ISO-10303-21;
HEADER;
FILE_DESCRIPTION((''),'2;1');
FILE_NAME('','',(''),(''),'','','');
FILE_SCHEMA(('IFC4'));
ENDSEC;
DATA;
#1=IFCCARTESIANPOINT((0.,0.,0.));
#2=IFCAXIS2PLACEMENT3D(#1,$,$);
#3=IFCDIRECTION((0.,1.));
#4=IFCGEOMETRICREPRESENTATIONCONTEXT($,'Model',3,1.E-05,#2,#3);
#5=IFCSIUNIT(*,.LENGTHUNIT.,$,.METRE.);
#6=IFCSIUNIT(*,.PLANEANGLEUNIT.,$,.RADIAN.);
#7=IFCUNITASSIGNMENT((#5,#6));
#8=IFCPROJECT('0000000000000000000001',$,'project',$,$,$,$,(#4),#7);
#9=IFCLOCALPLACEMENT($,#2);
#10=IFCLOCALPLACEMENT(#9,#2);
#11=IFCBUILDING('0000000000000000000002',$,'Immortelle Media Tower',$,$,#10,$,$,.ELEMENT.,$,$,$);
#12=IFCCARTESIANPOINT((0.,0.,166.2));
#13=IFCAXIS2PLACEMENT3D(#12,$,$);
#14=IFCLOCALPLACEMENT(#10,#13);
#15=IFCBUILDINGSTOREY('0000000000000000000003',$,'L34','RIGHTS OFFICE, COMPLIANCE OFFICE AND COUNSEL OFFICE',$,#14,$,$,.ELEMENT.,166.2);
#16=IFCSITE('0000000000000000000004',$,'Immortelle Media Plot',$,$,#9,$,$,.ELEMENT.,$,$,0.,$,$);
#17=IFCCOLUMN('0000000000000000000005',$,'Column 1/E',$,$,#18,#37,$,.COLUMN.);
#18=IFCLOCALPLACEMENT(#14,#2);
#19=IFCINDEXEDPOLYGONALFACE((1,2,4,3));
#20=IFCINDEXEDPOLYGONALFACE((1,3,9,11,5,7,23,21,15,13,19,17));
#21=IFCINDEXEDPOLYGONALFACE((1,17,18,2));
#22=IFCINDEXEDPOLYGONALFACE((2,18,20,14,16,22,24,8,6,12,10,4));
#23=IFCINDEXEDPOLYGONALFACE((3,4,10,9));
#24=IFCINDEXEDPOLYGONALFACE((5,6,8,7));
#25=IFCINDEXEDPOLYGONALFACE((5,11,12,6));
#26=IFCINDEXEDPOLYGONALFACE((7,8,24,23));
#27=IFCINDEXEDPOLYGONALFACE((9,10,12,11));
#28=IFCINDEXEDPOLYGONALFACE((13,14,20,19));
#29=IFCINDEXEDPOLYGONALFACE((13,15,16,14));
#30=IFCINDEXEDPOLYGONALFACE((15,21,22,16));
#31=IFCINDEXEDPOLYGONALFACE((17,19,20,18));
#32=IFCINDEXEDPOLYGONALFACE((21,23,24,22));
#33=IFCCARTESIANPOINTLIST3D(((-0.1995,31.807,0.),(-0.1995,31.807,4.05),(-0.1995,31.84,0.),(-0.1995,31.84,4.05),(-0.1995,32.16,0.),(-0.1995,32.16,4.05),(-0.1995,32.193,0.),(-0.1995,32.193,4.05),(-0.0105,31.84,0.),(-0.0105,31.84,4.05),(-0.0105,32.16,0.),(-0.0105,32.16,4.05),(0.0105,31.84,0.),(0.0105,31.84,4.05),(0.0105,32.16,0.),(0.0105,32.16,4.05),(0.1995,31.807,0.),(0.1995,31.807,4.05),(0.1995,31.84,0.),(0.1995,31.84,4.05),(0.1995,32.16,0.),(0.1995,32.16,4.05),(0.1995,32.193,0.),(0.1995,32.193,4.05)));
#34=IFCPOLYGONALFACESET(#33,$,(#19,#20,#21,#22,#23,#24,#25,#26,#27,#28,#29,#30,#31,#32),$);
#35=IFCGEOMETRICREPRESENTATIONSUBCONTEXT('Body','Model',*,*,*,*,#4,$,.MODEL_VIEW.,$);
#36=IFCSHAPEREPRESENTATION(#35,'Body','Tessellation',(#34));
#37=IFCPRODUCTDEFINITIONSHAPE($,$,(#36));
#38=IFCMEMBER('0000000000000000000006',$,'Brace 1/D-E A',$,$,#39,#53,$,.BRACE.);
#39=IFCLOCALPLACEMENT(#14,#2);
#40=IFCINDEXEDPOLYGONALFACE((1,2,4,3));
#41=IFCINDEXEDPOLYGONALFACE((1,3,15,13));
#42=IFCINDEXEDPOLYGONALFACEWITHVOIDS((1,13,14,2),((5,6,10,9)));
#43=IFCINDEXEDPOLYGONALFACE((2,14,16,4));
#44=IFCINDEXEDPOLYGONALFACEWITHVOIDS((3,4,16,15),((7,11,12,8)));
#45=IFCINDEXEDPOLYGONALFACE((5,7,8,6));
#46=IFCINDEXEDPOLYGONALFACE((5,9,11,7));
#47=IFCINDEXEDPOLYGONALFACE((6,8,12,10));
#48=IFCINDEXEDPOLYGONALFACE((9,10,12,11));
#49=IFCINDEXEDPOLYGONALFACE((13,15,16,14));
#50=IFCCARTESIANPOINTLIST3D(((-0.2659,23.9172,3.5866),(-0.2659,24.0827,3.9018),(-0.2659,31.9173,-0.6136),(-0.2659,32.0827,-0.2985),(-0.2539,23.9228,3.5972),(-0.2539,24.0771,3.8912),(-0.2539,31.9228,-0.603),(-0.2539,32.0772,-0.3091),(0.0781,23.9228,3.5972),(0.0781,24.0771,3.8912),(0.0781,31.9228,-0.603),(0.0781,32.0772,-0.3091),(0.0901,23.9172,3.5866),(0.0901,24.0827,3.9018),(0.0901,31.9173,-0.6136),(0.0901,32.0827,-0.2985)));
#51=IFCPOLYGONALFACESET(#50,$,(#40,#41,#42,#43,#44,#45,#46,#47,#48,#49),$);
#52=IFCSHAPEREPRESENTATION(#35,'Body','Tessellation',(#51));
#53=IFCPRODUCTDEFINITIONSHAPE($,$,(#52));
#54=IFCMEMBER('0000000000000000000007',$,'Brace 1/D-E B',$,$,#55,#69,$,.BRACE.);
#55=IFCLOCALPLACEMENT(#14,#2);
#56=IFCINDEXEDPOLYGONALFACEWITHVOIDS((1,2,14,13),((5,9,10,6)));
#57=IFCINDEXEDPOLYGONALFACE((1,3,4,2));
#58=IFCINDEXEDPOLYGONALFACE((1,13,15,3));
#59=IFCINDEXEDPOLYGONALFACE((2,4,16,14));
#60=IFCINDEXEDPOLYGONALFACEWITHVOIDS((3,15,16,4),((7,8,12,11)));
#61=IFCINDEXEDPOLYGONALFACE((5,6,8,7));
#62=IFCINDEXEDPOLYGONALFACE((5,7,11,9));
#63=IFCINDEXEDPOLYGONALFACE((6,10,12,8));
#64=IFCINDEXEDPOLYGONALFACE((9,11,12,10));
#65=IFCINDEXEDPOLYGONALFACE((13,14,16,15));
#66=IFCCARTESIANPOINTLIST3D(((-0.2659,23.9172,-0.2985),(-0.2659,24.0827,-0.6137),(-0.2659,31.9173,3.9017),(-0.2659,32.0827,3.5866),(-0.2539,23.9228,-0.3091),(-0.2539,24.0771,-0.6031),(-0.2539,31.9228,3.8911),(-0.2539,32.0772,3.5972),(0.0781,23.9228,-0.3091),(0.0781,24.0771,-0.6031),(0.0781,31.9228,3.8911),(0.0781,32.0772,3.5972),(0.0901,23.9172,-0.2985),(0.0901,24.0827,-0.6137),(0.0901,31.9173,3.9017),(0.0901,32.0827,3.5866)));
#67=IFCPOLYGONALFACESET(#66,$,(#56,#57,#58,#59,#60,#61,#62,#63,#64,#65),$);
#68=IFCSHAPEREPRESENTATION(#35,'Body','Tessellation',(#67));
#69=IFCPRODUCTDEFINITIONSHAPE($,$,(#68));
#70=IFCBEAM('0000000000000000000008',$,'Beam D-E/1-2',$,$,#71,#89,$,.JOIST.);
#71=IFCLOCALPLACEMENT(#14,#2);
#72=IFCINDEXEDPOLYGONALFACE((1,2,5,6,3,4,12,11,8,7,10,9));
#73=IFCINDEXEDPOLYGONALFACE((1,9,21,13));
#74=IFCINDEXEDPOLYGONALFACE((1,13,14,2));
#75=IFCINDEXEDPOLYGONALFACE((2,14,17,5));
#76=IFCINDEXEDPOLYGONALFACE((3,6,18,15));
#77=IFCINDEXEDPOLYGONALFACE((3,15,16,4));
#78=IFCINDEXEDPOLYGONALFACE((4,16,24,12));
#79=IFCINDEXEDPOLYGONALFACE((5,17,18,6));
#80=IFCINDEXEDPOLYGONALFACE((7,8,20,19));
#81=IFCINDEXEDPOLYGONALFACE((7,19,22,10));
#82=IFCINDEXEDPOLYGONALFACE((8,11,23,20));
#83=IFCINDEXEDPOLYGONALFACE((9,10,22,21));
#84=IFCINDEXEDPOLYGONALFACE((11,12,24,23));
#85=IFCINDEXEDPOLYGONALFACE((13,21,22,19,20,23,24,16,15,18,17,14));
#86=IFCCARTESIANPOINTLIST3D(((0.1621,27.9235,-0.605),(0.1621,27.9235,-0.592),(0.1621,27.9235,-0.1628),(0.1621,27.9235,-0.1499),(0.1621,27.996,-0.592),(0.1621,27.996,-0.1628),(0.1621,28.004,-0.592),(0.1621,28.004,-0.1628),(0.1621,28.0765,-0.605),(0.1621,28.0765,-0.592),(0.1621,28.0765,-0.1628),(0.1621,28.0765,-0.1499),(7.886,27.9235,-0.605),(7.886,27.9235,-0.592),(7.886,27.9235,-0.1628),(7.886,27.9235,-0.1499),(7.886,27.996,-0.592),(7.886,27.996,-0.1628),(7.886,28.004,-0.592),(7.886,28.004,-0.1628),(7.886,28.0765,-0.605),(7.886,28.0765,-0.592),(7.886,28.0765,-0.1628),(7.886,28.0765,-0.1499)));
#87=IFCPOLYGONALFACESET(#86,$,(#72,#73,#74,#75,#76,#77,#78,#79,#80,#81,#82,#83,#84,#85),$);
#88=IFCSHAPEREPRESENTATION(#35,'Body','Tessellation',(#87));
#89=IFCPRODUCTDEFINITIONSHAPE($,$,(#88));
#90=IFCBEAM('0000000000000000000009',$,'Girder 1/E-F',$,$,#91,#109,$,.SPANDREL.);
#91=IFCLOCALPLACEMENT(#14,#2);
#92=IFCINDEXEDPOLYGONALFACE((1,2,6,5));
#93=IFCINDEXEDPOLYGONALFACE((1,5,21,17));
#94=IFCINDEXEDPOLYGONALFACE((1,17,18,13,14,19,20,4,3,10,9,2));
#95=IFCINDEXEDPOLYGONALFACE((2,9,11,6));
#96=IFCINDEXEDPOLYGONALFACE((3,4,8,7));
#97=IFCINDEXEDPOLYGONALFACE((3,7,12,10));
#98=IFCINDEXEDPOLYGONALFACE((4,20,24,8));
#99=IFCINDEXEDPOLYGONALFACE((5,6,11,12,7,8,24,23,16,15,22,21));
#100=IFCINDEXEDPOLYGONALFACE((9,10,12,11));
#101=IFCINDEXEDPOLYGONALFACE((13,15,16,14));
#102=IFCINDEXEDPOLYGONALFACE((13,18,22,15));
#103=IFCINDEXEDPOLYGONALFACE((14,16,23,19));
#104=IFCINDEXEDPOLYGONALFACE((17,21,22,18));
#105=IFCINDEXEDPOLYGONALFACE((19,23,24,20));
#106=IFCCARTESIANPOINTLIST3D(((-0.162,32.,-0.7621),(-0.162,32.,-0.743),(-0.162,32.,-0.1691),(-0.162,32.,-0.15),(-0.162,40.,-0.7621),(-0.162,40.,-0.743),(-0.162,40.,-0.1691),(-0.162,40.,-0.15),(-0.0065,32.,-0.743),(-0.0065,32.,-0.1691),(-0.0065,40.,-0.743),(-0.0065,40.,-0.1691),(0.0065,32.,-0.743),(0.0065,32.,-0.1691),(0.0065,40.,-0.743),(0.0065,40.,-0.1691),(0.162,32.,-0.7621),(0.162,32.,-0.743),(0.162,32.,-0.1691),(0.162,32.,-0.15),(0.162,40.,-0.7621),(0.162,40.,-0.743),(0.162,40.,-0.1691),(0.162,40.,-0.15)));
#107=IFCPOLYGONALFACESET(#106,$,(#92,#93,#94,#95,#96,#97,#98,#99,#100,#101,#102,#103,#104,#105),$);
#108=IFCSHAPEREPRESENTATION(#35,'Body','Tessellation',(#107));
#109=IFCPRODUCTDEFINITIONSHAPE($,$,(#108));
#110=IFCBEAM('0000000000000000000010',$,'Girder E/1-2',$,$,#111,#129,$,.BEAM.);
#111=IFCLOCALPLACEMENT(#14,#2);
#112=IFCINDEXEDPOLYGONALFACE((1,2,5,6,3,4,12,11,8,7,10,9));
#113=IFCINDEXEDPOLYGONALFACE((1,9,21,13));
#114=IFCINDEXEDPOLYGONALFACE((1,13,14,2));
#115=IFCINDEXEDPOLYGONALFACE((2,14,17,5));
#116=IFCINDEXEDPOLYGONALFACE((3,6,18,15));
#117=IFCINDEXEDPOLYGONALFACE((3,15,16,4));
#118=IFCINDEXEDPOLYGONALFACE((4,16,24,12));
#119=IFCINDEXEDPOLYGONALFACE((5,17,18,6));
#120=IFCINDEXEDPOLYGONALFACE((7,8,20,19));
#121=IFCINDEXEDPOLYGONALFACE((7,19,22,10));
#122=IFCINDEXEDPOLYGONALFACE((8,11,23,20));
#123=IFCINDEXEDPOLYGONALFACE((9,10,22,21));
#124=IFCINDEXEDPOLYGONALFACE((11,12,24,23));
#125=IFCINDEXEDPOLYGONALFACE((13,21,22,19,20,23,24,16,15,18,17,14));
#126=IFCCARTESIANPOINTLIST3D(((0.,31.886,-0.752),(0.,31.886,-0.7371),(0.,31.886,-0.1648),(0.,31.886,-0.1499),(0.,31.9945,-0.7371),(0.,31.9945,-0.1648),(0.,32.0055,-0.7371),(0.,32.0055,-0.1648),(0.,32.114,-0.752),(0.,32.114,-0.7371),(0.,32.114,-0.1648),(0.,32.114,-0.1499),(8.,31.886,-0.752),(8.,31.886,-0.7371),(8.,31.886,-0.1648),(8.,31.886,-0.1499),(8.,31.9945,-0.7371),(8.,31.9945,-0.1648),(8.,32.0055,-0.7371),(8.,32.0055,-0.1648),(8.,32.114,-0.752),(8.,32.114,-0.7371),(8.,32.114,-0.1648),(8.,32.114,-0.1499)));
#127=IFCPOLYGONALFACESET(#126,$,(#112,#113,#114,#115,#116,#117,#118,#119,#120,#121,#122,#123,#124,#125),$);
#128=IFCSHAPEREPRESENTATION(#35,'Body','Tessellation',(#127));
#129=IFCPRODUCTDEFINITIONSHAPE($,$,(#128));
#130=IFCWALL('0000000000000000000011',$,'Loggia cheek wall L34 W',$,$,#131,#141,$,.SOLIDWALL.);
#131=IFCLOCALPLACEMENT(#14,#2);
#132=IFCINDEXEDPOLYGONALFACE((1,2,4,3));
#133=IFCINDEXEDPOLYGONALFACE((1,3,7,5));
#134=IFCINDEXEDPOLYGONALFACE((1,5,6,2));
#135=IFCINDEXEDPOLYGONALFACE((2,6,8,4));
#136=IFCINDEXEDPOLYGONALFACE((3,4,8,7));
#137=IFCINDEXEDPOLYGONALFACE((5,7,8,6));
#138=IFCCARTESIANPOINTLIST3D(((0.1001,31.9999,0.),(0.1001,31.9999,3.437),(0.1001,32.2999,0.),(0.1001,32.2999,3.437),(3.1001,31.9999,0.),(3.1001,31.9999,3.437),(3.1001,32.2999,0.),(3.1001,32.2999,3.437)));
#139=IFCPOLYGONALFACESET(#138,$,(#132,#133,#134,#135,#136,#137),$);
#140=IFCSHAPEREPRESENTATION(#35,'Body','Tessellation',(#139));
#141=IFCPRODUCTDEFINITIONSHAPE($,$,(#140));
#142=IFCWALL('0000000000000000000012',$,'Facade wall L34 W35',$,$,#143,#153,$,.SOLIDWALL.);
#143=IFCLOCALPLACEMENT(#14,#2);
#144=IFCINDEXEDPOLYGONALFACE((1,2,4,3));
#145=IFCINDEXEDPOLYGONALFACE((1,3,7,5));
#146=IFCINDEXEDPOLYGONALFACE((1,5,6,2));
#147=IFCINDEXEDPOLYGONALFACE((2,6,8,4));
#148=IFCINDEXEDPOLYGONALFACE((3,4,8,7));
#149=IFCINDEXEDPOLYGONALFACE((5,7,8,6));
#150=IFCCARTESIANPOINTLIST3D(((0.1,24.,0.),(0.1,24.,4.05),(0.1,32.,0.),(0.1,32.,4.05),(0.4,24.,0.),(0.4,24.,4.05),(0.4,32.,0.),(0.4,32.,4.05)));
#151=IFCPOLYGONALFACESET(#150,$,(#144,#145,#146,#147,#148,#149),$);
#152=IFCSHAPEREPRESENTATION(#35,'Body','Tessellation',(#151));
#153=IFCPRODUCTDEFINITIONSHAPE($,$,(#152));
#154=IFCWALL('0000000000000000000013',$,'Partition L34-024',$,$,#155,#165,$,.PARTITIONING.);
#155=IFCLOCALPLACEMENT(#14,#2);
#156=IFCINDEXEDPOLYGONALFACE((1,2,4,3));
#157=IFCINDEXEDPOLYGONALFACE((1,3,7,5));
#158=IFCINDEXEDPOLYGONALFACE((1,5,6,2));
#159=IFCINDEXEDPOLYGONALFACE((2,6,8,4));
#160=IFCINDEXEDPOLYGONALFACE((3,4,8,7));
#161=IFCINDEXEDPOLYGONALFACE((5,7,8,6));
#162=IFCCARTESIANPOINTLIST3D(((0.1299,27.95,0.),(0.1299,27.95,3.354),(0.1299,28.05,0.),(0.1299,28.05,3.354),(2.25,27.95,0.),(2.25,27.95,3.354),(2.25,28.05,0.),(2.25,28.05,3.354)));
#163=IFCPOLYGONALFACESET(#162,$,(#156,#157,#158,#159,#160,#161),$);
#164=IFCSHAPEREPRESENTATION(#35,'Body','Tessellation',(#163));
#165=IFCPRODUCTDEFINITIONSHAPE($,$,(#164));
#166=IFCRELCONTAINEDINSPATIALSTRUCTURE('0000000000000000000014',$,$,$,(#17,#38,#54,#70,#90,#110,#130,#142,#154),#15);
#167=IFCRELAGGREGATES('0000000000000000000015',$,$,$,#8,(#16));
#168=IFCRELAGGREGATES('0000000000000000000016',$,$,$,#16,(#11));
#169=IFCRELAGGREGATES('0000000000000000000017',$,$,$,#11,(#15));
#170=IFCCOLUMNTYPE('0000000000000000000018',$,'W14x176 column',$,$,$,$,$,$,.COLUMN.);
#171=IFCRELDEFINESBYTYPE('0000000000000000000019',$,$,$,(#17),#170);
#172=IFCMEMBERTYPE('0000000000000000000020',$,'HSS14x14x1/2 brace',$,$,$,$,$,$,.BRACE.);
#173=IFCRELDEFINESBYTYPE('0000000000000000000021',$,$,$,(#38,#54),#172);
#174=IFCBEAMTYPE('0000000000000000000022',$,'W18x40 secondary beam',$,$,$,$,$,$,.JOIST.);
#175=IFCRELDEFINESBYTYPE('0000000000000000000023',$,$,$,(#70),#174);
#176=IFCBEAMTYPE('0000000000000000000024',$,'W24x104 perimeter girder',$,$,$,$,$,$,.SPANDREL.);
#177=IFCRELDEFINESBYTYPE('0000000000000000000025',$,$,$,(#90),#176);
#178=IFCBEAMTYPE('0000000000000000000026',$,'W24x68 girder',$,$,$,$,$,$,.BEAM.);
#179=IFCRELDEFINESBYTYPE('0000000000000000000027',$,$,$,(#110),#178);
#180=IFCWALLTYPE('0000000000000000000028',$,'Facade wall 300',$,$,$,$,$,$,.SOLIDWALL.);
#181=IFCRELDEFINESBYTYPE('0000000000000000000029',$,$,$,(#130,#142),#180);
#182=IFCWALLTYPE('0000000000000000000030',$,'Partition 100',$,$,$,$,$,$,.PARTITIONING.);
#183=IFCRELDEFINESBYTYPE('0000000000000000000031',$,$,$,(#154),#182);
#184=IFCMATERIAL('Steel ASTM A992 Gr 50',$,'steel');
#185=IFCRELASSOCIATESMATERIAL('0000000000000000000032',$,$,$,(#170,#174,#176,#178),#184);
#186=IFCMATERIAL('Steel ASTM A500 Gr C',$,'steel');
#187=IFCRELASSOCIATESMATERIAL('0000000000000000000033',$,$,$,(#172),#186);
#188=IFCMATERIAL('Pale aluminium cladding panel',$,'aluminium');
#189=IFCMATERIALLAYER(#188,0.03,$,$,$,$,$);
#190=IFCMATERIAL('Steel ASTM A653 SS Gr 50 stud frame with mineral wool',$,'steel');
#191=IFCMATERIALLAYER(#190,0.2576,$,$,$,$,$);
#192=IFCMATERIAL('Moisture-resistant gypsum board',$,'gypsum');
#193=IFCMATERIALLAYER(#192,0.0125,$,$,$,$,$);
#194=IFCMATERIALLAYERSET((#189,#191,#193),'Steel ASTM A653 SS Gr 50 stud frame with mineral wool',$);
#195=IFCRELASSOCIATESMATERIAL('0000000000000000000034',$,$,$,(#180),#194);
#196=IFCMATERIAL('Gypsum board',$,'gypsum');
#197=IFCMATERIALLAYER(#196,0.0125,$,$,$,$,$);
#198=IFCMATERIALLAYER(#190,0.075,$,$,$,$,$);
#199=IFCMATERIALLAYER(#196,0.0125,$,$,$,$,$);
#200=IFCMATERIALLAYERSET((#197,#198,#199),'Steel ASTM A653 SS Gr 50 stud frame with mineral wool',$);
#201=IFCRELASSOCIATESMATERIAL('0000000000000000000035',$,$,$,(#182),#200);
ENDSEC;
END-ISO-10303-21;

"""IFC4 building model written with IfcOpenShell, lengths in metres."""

from ifc_helpers import new_model, si_unit, direction, frame, frame_2d, origin, origin_2d, place, context, subcontext, project, spatial, rectangle, hollow_rectangle, i_section, extrude, material, layer, layer_set, material_profile, profile_set, type_object, element, save


model = new_model("IFC4")

# Units and contexts
model_context = context("Model", 3, precision=1e-05, world=origin(), true_north=direction((0.0, 1.0)))
body_context = subcontext(model_context, "Body", "Model", "MODEL_VIEW")
ifc_project = project(units=[si_unit("LENGTHUNIT", "METRE"), si_unit("PLANEANGLEUNIT", "RADIAN")], contexts=[model_context])

# Site, building, storey
site_placement = place(None, origin())
site = spatial("IfcSite", under=ifc_project, at=site_placement, Name="Immortelle Media Plot", CompositionType="ELEMENT", RefElevation=0.0)
building_placement = place(site_placement, origin())
building = spatial("IfcBuilding", under=site, at=building_placement, Name="Immortelle Media Tower", CompositionType="ELEMENT")
storey_placement = place(building_placement, frame((0.0, 0.0, 166.2)))
storey = spatial("IfcBuildingStorey", under=building, at=storey_placement, Name="L34", Description="RIGHTS OFFICE, COMPLIANCE OFFICE AND COUNSEL OFFICE", CompositionType="ELEMENT", Elevation=166.2)

# Column
ifc_material_1 = material(Name="Steel ASTM A992 Gr 50", Category="steel")
ifc_material_profile_1 = material_profile(ifc_material_1, i_section(OverallWidth=0.3989, OverallDepth=0.386, WebThickness=0.021, FlangeThickness=0.033, at=origin_2d()), Name="W14x176")
ifc_profile_set_1 = profile_set([ifc_material_profile_1], Name="Steel ASTM A992 Gr 50")
column_type = type_object("IfcColumnType", Name="W14x176 column", PredefinedType="COLUMN", material=ifc_profile_set_1)
column_placement = place(storey_placement, frame((0.0, 32.0, 0.0), z_axis=(0.0, 0.0, 1.0), x_axis=(1.0, 0.0, 0.0)))
element("IfcColumn", 1, at=column_placement, inside=storey, type_object=column_type, Name="Column 1/E", PredefinedType="COLUMN", context=body_context, shape_type="SweptSolid", body=[
    extrude(i_section(OverallWidth=0.3989, OverallDepth=0.386, WebThickness=0.021, FlangeThickness=0.033, at=origin_2d()), origin(), (0.0, 0.0, 1.0), 4.05),
])

# Members
ifc_material_2 = material(Name="Steel ASTM A500 Gr C", Category="steel")
ifc_material_profile_2 = material_profile(ifc_material_2, hollow_rectangle(XDim=0.356, YDim=0.356, WallThickness=0.012, at=origin_2d()), Name="HSS14x14x1/2 brace")
ifc_profile_set_2 = profile_set([ifc_material_profile_2], Name="Steel ASTM A500 Gr C")
member_type = type_object("IfcMemberType", Name="HSS14x14x1/2 brace", PredefinedType="BRACE", material=ifc_profile_set_2)
for number, where, z_axis, x_axis, name in (
    (2, (-0.0879, 32.0, -0.4561), (0.0, -0.885389, 0.464851), (1.0, 0.0, 0.0), "Brace 1/D-E A"),
    (3, (-0.0879, 32.0, 3.7441), (0.0, -0.885389, -0.464851), (1.0, 0.0, 0.0), "Brace 1/D-E B"),
):
    element("IfcMember", number, at=place(storey_placement, frame(where, z_axis=z_axis, x_axis=x_axis)), inside=storey, type_object=member_type, Name=name, PredefinedType="BRACE", context=body_context, shape_type="SweptSolid", body=[
        extrude(hollow_rectangle(XDim=0.356, YDim=0.356, WallThickness=0.012, at=origin_2d()), origin(), (0.0, 0.0, 1.0), 9.0356),
    ])

# Beams
ifc_material_profile_3 = material_profile(ifc_material_1, i_section(OverallWidth=0.1531, OverallDepth=0.4551, WebThickness=0.0081, FlangeThickness=0.0129, at=origin_2d()), Name="W18x40")
ifc_profile_set_3 = profile_set([ifc_material_profile_3], Name="Steel ASTM A992 Gr 50")
beam_type_1 = type_object("IfcBeamType", Name="W18x40 secondary beam", PredefinedType="JOIST", material=ifc_profile_set_3)
beam_1_placement = place(storey_placement, frame((0.1621, 28.0, -0.3774), z_axis=(1.0, 0.0, 0.0), x_axis=(0.0, 1.0, 0.0)))
element("IfcBeam", 4, at=beam_1_placement, inside=storey, type_object=beam_type_1, Name="Beam D-E/1-2", PredefinedType="JOIST", context=body_context, shape_type="SweptSolid", body=[
    extrude(i_section(OverallWidth=0.1531, OverallDepth=0.4551, WebThickness=0.0081, FlangeThickness=0.0129, at=origin_2d()), origin(), (0.0, 0.0, 1.0), 7.7239),
])
ifc_material_profile_4 = material_profile(ifc_material_1, i_section(OverallWidth=0.324, OverallDepth=0.6121, WebThickness=0.0129, FlangeThickness=0.019, at=origin_2d()), Name="W24x104")
ifc_profile_set_4 = profile_set([ifc_material_profile_4], Name="Steel ASTM A992 Gr 50")
beam_type_2 = type_object("IfcBeamType", Name="W24x104 perimeter girder", PredefinedType="SPANDREL", material=ifc_profile_set_4)
beam_2_placement = place(storey_placement, frame((0.0, 32.0, -0.4561), z_axis=(0.0, 1.0, 0.0), x_axis=(-1.0, 0.0, 0.0)))
element("IfcBeam", 5, at=beam_2_placement, inside=storey, type_object=beam_type_2, Name="Girder 1/E-F", PredefinedType="SPANDREL", context=body_context, shape_type="SweptSolid", body=[
    extrude(i_section(OverallWidth=0.324, OverallDepth=0.6121, WebThickness=0.0129, FlangeThickness=0.019, at=origin_2d()), origin(), (0.0, 0.0, 1.0), 8.0),
])
ifc_material_profile_5 = material_profile(ifc_material_1, i_section(OverallWidth=0.228, OverallDepth=0.6021, WebThickness=0.011, FlangeThickness=0.0149, at=origin_2d()), Name="W24x68")
ifc_profile_set_5 = profile_set([ifc_material_profile_5], Name="Steel ASTM A992 Gr 50")
beam_type_3 = type_object("IfcBeamType", Name="W24x68 girder", PredefinedType="BEAM", material=ifc_profile_set_5)
beam_3_placement = place(storey_placement, frame((0.0, 32.0, -0.4509), z_axis=(1.0, 0.0, 0.0), x_axis=(0.0, 1.0, 0.0)))
element("IfcBeam", 6, at=beam_3_placement, inside=storey, type_object=beam_type_3, Name="Girder E/1-2", PredefinedType="BEAM", context=body_context, shape_type="SweptSolid", body=[
    extrude(i_section(OverallWidth=0.228, OverallDepth=0.6021, WebThickness=0.011, FlangeThickness=0.0149, at=origin_2d()), origin(), (0.0, 0.0, 1.0), 8.0),
])

# Walls
ifc_material_3 = material(Name="Pale aluminium cladding panel", Category="aluminium")
ifc_layer_1 = layer(ifc_material_3, 0.03)
ifc_material_4 = material(Name="Steel ASTM A653 SS Gr 50 stud frame with mineral wool", Category="steel")
ifc_layer_2 = layer(ifc_material_4, 0.2576)
ifc_material_5 = material(Name="Moisture-resistant gypsum board", Category="gypsum")
ifc_layer_3 = layer(ifc_material_5, 0.0125)
ifc_layer_set_1 = layer_set([ifc_layer_1, ifc_layer_2, ifc_layer_3], Name="Steel ASTM A653 SS Gr 50 stud frame with mineral wool")
wall_type_1 = type_object("IfcWallType", Name="Facade wall 300", PredefinedType="SOLIDWALL", material=ifc_layer_set_1)
wall_1_placement = place(storey_placement, frame((0.1001, 32.1499, 0.0), z_axis=(0.0, 0.0, 1.0), x_axis=(1.0, 0.0, 0.0)))
element("IfcWall", 7, at=wall_1_placement, inside=storey, type_object=wall_type_1, Name="Loggia cheek wall L34 W", PredefinedType="SOLIDWALL", context=body_context, shape_type="SweptSolid", body=[
    extrude(rectangle(XDim=3.0, YDim=0.3, at=frame_2d((1.5, 0.0))), origin(), (0.0, 0.0, 1.0), 3.437),
])
wall_2_placement = place(storey_placement, frame((0.25, 32.0, 0.0), z_axis=(0.0, 0.0, 1.0), x_axis=(0.0, -1.0, 0.0)))
element("IfcWall", 8, at=wall_2_placement, inside=storey, type_object=wall_type_1, Name="Facade wall L34 W35", PredefinedType="SOLIDWALL", context=body_context, shape_type="SweptSolid", body=[
    extrude(rectangle(XDim=8.0, YDim=0.3, at=frame_2d((4.0, 0.0))), origin(), (0.0, 0.0, 1.0), 4.05),
])
ifc_material_6 = material(Name="Gypsum board", Category="gypsum")
ifc_layer_4 = layer(ifc_material_6, 0.0125)
ifc_layer_5 = layer(ifc_material_4, 0.075)
ifc_layer_6 = layer(ifc_material_6, 0.0125)
ifc_layer_set_2 = layer_set([ifc_layer_4, ifc_layer_5, ifc_layer_6], Name="Steel ASTM A653 SS Gr 50 stud frame with mineral wool")
wall_type_2 = type_object("IfcWallType", Name="Partition 100", PredefinedType="PARTITIONING", material=ifc_layer_set_2)
wall_3_placement = place(storey_placement, frame((0.1299, 28.0, 0.0), z_axis=(0.0, 0.0, 1.0), x_axis=(1.0, 0.0, 0.0)))
element("IfcWall", 9, at=wall_3_placement, inside=storey, type_object=wall_type_2, Name="Partition L34-024", PredefinedType="PARTITIONING", context=body_context, shape_type="SweptSolid", body=[
    extrude(rectangle(XDim=2.1201, YDim=0.1001, at=frame_2d((1.0601, 0.0))), origin(), (0.0, 0.0, 1.0), 3.354),
])

save(model, "model.ifc")
